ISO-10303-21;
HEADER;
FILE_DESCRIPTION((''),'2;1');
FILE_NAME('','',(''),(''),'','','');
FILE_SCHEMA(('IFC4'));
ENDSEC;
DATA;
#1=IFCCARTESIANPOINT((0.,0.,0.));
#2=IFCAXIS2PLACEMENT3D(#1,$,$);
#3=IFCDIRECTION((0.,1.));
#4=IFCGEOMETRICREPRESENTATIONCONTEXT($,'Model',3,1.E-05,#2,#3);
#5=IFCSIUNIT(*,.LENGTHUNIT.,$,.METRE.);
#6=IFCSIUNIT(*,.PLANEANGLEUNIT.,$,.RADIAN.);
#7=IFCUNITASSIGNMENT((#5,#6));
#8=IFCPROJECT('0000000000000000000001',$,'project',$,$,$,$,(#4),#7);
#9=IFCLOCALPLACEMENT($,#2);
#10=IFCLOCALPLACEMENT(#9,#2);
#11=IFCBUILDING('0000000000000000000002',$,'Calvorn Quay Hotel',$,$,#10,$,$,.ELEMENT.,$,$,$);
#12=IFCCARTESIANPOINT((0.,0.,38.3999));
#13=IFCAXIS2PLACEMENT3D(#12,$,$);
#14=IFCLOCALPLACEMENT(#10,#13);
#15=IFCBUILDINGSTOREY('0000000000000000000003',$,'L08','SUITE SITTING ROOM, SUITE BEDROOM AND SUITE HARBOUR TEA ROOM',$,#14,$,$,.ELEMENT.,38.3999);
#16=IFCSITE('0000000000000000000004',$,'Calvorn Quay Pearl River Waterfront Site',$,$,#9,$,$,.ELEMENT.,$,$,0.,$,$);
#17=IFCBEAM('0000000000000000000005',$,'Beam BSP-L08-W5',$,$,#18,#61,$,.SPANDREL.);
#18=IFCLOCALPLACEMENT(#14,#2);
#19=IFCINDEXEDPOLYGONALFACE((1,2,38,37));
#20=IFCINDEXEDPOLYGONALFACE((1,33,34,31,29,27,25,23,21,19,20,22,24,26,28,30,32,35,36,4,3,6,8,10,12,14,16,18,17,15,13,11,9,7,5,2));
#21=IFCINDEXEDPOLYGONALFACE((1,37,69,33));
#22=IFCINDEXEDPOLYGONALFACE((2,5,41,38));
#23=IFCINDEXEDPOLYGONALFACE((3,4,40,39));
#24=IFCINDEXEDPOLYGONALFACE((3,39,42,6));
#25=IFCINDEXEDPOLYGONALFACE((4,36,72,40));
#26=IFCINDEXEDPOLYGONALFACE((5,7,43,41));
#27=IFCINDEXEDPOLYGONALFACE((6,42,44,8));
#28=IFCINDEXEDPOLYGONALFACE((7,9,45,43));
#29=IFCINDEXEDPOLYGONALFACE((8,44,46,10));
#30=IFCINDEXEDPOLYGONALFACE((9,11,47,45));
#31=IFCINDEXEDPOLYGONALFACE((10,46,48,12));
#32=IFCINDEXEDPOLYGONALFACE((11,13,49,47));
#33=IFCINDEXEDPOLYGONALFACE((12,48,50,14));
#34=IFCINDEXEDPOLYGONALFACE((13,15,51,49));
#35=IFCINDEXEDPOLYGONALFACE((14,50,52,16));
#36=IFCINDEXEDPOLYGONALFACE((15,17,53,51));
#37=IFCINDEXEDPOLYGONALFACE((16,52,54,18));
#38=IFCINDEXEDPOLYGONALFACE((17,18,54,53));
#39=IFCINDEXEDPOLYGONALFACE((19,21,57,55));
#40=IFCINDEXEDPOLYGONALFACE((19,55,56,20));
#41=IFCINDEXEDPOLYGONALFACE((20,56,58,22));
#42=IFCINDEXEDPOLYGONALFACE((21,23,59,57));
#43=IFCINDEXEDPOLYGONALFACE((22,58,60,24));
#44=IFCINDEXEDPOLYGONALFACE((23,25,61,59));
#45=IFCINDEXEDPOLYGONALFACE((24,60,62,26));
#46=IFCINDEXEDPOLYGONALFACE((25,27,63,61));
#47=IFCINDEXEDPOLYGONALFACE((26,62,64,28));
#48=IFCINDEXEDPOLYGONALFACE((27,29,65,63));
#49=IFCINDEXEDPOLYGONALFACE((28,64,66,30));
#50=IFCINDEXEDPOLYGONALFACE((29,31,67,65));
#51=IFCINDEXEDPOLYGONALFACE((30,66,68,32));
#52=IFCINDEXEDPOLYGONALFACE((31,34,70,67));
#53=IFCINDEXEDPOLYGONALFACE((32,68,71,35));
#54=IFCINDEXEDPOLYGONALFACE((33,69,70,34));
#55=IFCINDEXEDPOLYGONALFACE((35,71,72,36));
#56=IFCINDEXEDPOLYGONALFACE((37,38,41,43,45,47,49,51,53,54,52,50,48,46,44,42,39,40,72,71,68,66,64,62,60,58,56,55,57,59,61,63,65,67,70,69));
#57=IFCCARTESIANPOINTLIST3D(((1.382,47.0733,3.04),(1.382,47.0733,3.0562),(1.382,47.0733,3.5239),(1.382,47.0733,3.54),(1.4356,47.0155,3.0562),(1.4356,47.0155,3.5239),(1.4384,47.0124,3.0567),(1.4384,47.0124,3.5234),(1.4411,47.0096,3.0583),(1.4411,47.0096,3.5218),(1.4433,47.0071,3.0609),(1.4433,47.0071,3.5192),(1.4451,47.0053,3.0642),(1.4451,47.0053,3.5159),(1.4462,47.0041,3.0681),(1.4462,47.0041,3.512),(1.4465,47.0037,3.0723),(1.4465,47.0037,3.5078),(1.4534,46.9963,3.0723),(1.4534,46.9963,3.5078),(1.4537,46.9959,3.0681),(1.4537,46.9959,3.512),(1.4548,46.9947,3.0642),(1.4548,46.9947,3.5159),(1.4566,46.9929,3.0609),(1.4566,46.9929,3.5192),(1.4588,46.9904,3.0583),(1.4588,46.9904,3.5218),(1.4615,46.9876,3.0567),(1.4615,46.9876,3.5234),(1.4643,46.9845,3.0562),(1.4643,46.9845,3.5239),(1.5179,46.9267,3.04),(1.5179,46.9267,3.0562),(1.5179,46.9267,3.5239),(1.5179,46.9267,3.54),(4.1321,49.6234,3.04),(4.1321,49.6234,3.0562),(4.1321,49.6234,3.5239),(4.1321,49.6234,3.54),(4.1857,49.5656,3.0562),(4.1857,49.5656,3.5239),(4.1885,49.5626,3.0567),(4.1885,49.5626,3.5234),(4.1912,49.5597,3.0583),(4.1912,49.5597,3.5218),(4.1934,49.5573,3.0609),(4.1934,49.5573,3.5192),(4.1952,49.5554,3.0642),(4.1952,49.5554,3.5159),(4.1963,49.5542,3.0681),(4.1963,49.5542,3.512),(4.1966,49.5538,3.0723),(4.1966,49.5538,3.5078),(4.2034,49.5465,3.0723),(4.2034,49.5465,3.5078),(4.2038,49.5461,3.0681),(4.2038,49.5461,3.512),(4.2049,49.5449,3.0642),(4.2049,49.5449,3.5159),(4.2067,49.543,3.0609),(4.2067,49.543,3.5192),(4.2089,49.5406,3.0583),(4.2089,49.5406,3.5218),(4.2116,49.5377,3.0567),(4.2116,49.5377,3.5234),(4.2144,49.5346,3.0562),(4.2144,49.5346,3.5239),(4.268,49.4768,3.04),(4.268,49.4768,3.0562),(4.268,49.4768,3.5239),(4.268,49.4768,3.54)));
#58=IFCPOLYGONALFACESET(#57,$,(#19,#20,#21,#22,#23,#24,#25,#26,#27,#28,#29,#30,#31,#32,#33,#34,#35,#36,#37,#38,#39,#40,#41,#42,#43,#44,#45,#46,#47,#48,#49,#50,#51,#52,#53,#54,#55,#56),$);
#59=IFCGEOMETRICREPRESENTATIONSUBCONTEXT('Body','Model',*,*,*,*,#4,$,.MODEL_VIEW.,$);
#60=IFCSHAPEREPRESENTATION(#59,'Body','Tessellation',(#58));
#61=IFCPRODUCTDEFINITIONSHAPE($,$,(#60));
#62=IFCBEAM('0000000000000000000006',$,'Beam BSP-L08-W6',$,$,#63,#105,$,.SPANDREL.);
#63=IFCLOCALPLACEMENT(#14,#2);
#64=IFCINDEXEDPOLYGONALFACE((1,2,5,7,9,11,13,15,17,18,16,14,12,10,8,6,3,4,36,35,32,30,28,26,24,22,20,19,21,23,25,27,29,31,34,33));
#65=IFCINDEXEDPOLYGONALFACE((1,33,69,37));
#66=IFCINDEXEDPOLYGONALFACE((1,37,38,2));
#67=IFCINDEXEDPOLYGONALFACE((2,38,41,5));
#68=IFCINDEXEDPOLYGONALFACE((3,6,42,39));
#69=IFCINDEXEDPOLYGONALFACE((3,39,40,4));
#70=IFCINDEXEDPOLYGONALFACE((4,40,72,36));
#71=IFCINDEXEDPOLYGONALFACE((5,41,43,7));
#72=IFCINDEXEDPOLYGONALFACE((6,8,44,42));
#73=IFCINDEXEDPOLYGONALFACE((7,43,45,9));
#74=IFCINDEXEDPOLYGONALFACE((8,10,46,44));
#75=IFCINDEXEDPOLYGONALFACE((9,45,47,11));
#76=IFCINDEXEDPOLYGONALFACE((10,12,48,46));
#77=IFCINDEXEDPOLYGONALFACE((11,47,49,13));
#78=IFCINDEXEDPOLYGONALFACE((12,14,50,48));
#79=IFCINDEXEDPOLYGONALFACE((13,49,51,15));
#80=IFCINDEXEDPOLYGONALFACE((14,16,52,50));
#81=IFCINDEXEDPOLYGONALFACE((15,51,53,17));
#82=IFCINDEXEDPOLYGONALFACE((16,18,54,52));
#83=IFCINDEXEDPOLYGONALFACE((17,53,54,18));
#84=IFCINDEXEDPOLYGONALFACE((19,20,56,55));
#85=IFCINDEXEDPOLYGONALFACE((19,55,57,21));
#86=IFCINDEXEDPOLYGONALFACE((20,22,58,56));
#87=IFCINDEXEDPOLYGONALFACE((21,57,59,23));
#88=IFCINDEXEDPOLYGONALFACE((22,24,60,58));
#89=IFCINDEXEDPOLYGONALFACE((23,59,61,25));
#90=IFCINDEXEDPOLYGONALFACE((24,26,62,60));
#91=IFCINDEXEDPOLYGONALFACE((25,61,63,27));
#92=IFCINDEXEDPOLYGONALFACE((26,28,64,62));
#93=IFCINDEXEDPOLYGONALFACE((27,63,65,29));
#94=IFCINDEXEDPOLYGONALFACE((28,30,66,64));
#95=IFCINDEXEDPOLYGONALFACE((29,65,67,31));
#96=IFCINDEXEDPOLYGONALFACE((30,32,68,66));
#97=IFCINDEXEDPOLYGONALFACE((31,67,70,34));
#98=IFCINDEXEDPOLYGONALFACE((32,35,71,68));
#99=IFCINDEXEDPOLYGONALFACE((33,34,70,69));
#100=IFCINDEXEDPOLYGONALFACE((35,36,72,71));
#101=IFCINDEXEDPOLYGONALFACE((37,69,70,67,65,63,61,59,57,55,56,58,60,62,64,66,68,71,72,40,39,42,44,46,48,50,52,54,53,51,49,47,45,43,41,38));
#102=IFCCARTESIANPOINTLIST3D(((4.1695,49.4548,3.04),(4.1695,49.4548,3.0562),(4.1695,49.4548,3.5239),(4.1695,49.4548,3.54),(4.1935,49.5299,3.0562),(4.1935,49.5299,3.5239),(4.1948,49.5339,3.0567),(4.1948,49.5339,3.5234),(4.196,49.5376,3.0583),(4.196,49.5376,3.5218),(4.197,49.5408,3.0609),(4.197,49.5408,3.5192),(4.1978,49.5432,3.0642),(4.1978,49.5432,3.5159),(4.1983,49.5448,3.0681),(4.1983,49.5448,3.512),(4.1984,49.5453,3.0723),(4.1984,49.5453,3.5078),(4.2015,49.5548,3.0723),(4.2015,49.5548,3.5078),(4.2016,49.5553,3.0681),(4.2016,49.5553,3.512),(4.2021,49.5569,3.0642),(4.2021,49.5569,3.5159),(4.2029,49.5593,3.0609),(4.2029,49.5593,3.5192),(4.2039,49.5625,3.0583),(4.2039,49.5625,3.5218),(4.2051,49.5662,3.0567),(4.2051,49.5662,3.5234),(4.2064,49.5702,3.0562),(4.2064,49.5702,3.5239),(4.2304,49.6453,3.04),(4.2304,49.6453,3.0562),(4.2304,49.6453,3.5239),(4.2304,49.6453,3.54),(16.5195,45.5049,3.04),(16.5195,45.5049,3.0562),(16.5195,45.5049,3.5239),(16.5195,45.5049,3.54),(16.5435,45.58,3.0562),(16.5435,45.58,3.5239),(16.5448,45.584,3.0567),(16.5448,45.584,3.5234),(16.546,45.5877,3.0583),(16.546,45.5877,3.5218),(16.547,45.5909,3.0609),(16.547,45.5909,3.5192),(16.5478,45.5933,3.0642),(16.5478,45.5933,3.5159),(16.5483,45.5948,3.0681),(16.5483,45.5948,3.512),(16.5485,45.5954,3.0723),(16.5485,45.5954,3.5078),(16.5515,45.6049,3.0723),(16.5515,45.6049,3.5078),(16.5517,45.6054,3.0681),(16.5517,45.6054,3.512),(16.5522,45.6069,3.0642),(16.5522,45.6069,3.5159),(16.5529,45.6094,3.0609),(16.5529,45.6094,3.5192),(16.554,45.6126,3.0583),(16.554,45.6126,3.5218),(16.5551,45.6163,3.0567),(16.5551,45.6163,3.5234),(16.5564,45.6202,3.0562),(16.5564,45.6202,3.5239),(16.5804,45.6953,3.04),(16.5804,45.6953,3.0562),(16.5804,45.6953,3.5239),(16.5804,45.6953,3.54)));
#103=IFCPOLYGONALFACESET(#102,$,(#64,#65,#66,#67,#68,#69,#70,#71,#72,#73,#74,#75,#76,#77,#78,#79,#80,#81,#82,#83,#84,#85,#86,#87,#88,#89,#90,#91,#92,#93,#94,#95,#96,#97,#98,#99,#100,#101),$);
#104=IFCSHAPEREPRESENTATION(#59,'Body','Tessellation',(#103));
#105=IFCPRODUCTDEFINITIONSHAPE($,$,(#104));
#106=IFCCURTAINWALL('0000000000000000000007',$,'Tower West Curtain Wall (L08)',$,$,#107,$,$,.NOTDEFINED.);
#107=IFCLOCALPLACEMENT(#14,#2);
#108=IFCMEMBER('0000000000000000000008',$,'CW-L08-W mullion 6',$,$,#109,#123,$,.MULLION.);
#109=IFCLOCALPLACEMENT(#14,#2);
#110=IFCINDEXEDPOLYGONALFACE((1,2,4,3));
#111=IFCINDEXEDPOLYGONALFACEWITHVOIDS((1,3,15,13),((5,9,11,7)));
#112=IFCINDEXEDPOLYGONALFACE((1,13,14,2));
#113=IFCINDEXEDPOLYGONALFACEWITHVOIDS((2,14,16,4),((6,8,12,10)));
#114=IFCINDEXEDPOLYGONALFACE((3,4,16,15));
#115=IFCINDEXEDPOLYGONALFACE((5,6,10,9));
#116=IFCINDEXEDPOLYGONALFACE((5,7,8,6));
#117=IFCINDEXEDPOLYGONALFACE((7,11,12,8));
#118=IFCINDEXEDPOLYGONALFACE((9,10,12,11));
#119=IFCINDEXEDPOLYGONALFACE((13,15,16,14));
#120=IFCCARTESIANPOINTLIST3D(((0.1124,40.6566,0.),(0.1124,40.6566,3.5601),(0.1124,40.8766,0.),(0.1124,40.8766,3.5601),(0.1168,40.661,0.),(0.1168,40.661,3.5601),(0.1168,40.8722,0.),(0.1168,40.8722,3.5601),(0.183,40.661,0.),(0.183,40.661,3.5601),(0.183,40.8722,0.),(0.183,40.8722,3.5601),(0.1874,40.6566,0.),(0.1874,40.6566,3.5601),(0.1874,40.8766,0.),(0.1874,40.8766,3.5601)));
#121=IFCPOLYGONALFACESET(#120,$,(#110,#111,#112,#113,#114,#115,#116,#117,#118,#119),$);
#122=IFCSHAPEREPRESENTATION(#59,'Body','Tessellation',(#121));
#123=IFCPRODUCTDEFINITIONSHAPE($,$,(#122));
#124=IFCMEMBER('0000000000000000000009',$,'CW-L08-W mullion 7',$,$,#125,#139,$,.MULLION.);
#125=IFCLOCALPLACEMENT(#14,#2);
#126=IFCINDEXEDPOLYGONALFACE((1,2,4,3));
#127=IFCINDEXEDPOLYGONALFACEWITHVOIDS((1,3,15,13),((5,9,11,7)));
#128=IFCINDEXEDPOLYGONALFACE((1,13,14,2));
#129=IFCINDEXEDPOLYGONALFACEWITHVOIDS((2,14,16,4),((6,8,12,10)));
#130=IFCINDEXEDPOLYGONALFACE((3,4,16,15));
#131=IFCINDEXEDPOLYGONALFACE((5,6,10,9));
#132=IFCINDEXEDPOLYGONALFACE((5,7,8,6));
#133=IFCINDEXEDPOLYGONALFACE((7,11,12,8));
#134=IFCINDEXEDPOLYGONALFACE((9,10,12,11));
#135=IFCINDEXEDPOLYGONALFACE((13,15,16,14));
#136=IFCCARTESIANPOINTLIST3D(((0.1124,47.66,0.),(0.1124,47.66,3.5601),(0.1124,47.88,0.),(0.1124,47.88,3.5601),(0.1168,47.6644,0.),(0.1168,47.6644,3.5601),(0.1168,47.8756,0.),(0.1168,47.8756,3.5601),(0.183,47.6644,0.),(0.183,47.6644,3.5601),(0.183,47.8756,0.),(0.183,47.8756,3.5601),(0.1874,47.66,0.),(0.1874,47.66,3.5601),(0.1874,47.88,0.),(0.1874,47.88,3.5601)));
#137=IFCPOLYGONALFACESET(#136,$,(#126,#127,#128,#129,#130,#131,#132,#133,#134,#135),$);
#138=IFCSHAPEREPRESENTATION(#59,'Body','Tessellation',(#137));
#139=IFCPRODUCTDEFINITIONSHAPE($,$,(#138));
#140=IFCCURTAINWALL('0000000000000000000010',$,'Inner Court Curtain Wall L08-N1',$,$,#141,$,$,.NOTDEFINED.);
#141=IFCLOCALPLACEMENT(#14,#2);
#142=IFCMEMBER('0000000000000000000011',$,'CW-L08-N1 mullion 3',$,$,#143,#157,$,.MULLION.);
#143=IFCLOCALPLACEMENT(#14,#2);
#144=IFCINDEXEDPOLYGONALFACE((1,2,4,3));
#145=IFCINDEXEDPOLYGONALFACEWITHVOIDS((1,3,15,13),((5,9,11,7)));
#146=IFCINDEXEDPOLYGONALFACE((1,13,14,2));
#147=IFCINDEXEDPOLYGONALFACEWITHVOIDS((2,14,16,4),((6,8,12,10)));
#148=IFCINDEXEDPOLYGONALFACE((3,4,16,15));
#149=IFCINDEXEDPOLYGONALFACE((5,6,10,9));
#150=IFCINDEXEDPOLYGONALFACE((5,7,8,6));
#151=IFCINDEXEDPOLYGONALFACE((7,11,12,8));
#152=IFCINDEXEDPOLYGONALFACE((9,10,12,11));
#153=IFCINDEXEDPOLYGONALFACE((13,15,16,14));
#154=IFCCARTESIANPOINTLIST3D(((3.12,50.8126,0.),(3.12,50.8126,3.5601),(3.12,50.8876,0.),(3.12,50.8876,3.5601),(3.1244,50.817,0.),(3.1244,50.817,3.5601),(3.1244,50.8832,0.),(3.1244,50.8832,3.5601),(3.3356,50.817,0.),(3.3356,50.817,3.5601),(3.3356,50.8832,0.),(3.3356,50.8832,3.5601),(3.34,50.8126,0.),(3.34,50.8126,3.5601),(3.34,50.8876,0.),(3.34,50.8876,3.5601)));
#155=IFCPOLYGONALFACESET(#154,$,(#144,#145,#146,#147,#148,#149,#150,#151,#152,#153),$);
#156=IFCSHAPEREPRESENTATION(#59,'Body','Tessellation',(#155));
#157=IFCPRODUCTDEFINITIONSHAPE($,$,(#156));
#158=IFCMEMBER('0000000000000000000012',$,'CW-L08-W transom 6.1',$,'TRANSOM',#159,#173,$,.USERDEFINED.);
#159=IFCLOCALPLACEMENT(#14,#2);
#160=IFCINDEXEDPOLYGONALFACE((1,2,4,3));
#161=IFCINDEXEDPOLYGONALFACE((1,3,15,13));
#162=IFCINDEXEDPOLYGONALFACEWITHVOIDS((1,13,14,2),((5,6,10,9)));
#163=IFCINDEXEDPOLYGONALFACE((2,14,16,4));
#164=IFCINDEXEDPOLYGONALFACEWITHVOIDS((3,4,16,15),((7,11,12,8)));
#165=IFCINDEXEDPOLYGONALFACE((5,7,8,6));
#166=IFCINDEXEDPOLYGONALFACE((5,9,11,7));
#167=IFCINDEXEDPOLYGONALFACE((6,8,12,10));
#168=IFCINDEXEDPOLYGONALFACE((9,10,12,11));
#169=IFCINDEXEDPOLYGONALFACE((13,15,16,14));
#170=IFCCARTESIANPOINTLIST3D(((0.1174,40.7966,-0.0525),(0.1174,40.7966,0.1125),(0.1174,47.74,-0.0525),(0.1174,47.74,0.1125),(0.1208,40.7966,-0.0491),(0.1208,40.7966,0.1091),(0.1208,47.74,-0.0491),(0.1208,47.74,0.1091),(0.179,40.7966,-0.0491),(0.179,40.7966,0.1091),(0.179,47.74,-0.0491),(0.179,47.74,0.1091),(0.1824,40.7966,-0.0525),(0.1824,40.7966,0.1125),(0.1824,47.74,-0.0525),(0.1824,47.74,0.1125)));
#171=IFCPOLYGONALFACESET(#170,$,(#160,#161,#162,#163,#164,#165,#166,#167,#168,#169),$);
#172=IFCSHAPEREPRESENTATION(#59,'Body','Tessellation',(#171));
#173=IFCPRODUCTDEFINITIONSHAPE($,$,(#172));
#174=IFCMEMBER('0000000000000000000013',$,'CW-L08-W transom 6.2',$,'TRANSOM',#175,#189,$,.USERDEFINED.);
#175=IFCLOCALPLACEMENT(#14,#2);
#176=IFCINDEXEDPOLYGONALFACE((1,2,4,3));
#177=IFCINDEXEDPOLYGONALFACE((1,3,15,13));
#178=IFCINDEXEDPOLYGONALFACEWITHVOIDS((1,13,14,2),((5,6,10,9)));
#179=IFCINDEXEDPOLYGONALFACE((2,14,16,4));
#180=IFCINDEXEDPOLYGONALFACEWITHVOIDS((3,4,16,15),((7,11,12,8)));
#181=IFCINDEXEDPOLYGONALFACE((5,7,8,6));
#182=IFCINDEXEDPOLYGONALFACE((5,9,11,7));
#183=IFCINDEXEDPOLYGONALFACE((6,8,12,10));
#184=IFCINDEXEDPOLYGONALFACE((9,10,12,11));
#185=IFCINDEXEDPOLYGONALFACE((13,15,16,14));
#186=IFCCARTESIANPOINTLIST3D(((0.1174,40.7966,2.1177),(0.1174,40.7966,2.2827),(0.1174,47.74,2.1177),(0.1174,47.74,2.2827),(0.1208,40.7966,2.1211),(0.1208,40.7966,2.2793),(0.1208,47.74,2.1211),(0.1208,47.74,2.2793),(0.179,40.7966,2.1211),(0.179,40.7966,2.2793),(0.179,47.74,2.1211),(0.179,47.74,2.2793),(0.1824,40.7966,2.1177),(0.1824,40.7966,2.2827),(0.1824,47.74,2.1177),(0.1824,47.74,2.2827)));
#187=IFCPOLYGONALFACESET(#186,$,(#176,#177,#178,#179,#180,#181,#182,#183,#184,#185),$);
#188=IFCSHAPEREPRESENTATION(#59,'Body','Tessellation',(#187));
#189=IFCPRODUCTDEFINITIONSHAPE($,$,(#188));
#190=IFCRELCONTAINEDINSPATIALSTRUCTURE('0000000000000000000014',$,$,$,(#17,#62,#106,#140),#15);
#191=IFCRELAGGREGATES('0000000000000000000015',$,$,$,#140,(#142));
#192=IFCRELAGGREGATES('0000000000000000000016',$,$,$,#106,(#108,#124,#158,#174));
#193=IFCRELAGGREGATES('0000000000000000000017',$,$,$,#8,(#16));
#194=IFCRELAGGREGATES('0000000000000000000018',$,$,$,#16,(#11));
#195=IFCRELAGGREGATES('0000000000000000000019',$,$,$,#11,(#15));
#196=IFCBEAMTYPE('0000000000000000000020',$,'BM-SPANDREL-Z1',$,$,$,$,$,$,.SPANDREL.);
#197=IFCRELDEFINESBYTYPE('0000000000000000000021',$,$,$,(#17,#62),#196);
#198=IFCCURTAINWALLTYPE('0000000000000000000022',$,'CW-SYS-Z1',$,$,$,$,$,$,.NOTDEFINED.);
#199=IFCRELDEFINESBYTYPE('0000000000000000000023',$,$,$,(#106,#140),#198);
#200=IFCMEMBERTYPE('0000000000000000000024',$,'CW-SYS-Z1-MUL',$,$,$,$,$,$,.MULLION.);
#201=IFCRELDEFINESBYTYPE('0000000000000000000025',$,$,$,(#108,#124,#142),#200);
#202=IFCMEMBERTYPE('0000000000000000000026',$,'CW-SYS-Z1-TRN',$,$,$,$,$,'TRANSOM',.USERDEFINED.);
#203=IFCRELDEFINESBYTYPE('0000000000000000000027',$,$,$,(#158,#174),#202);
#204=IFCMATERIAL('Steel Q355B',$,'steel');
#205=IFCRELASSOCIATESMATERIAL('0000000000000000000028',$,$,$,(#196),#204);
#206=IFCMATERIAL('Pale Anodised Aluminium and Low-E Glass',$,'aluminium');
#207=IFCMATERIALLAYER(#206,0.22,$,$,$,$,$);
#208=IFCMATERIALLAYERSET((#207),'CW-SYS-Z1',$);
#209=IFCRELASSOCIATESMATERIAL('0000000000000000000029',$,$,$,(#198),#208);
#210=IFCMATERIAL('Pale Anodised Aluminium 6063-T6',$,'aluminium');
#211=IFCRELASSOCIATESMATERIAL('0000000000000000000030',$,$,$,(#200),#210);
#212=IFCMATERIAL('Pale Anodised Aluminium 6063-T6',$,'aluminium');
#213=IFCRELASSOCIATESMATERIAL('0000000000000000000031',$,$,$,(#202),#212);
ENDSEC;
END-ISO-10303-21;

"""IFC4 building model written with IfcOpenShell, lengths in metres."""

from ifc_helpers import new_model, si_unit, direction, frame, origin, origin_2d, place, context, subcontext, project, spatial, hollow_rectangle, i_section, extrude, material, layer, layer_set, material_profile, profile_set, type_object, element, aggregate, save


model = new_model("IFC4")

# Units and contexts
model_context = context("Model", 3, precision=1e-05, world=origin(), true_north=direction((0.0, 1.0)))
body_context = subcontext(model_context, "Body", "Model", "MODEL_VIEW")
ifc_project = project(units=[si_unit("LENGTHUNIT", "METRE"), si_unit("PLANEANGLEUNIT", "RADIAN")], contexts=[model_context])

# Site, building, storey
site_placement = place(None, origin())
site = spatial("IfcSite", under=ifc_project, at=site_placement, Name="Calvorn Quay Pearl River Waterfront Site", CompositionType="ELEMENT", RefElevation=0.0)
building_placement = place(site_placement, origin())
building = spatial("IfcBuilding", under=site, at=building_placement, Name="Calvorn Quay Hotel", CompositionType="ELEMENT")
storey_placement = place(building_placement, frame((0.0, 0.0, 38.3999)))
storey = spatial("IfcBuildingStorey", under=building, at=storey_placement, Name="L08", Description="SUITE SITTING ROOM, SUITE BEDROOM AND SUITE HARBOUR TEA ROOM", CompositionType="ELEMENT", Elevation=38.3999)

# Beams
ifc_material_1 = material(Name="Steel Q355B", Category="steel")
ifc_material_profile_1 = material_profile(ifc_material_1, i_section(OverallWidth=0.2, OverallDepth=0.5, WebThickness=0.01, FlangeThickness=0.0161, FilletRadius=0.0161, at=origin_2d()), Name="HN500x200x10x16")
ifc_profile_set_1 = profile_set([ifc_material_profile_1], Name="Steel Q355B")
beam_type_1 = type_object("IfcBeamType", Name="BM-SPANDREL-Z1", PredefinedType="SPANDREL", material=ifc_profile_set_1)
beam_1_placement = place(storey_placement, frame((1.45, 47.0, 3.29), z_axis=(0.733262, 0.679947, 0.0), x_axis=(-0.679947, 0.733262, 0.0)))
element("IfcBeam", 1, at=beam_1_placement, inside=storey, type_object=beam_type_1, Name="Beam BSP-L08-W5", PredefinedType="SPANDREL", context=body_context, shape_type="SweptSolid", body=[
    extrude(i_section(OverallWidth=0.2, OverallDepth=0.5, WebThickness=0.01, FlangeThickness=0.0161, FilletRadius=0.0161, at=origin_2d()), origin(), (0.0, 0.0, 1.0), 3.7505),
])
beam_2_placement = place(storey_placement, frame((4.2, 49.55, 3.29), z_axis=(0.952471, -0.30463, 0.0), x_axis=(0.30463, 0.952471, 0.0)))
element("IfcBeam", 2, at=beam_2_placement, inside=storey, type_object=beam_type_1, Name="Beam BSP-L08-W6", PredefinedType="SPANDREL", context=body_context, shape_type="SweptSolid", body=[
    extrude(i_section(OverallWidth=0.2, OverallDepth=0.5, WebThickness=0.01, FlangeThickness=0.0161, FilletRadius=0.0161, at=origin_2d()), origin(), (0.0, 0.0, 1.0), 12.9663),
])

# Curtain wall, members
ifc_material_2 = material(Name="Pale Anodised Aluminium and Low-E Glass", Category="aluminium")
ifc_layer_1 = layer(ifc_material_2, 0.22)
ifc_layer_set_1 = layer_set([ifc_layer_1], Name="CW-SYS-Z1")
curtain_wall_type = type_object("IfcCurtainWallType", Name="CW-SYS-Z1", PredefinedType="NOTDEFINED", material=ifc_layer_set_1)
curtain_wall_1_placement = place(storey_placement, origin())
curtain_wall_1 = element("IfcCurtainWall", 3, at=curtain_wall_1_placement, inside=storey, type_object=curtain_wall_type, Name="Tower West Curtain Wall (L08)", PredefinedType="NOTDEFINED")
ifc_material_3 = material(Name="Pale Anodised Aluminium 6063-T6", Category="aluminium")
ifc_material_profile_2 = material_profile(ifc_material_3, hollow_rectangle(XDim=0.075, YDim=0.22, WallThickness=0.0044, at=origin_2d()), Name="ALU-M220x75x4.5")
ifc_profile_set_2 = profile_set([ifc_material_profile_2], Name="Pale Anodised Aluminium 6063-T6")
member_type_1 = type_object("IfcMemberType", Name="CW-SYS-Z1-MUL", PredefinedType="MULLION", material=ifc_profile_set_2)
member_1_placement = place(storey_placement, frame((0.1499, 40.7666, 0.0), z_axis=(0.0, 0.0, 1.0), x_axis=(-1.0, 0.0, 0.0)))
member_1 = element("IfcMember", 4, at=member_1_placement, type_object=member_type_1, Name="CW-L08-W mullion 6", PredefinedType="MULLION", context=body_context, shape_type="SweptSolid", body=[
    extrude(hollow_rectangle(XDim=0.075, YDim=0.22, WallThickness=0.0044, at=origin_2d()), origin(), (0.0, 0.0, 1.0), 3.5601),
])
member_2_placement = place(storey_placement, frame((0.1499, 47.77, 0.0), z_axis=(0.0, 0.0, 1.0), x_axis=(-1.0, 0.0, 0.0)))
member_2 = element("IfcMember", 5, at=member_2_placement, type_object=member_type_1, Name="CW-L08-W mullion 7", PredefinedType="MULLION", context=body_context, shape_type="SweptSolid", body=[
    extrude(hollow_rectangle(XDim=0.075, YDim=0.22, WallThickness=0.0044, at=origin_2d()), origin(), (0.0, 0.0, 1.0), 3.5601),
])

# Curtain wall, member
curtain_wall_2_placement = place(storey_placement, origin())
curtain_wall_2 = element("IfcCurtainWall", 6, at=curtain_wall_2_placement, inside=storey, type_object=curtain_wall_type, Name="Inner Court Curtain Wall L08-N1", PredefinedType="NOTDEFINED")
member_3_placement = place(storey_placement, frame((3.23, 50.8501, 0.0), z_axis=(0.0, 0.0, 1.0), x_axis=(0.0, -1.0, 0.0)))
member_3 = element("IfcMember", 7, at=member_3_placement, type_object=member_type_1, Name="CW-L08-N1 mullion 3", PredefinedType="MULLION", context=body_context, shape_type="SweptSolid", body=[
    extrude(hollow_rectangle(XDim=0.075, YDim=0.22, WallThickness=0.0044, at=origin_2d()), origin(), (0.0, 0.0, 1.0), 3.5601),
])
aggregate(curtain_wall_2, [member_3])

# Members
ifc_material_4 = material(Name="Pale Anodised Aluminium 6063-T6", Category="aluminium")
ifc_material_profile_3 = material_profile(ifc_material_4, hollow_rectangle(XDim=0.0649, YDim=0.165, WallThickness=0.0034, at=origin_2d()), Name="ALU-T165x65x3.5")
ifc_profile_set_3 = profile_set([ifc_material_profile_3], Name="Pale Anodised Aluminium 6063-T6")
member_type_2 = type_object("IfcMemberType", Name="CW-SYS-Z1-TRN", ElementType="TRANSOM", PredefinedType="USERDEFINED", material=ifc_profile_set_3)
member_4_placement = place(storey_placement, frame((0.1499, 40.7966, 0.03), z_axis=(0.0, 1.0, 0.0), x_axis=(-1.0, 0.0, 0.0)))
member_4 = element("IfcMember", 8, at=member_4_placement, type_object=member_type_2, Name="CW-L08-W transom 6.1", ObjectType="TRANSOM", PredefinedType="USERDEFINED", context=body_context, shape_type="SweptSolid", body=[
    extrude(hollow_rectangle(XDim=0.0649, YDim=0.165, WallThickness=0.0034, at=origin_2d()), origin(), (0.0, 0.0, 1.0), 6.9434),
])
member_5_placement = place(storey_placement, frame((0.1499, 40.7966, 2.2002), z_axis=(0.0, 1.0, 0.0), x_axis=(-1.0, 0.0, 0.0)))
member_5 = element("IfcMember", 9, at=member_5_placement, type_object=member_type_2, Name="CW-L08-W transom 6.2", ObjectType="TRANSOM", PredefinedType="USERDEFINED", context=body_context, shape_type="SweptSolid", body=[
    extrude(hollow_rectangle(XDim=0.0649, YDim=0.165, WallThickness=0.0034, at=origin_2d()), origin(), (0.0, 0.0, 1.0), 6.9434),
])

aggregate(curtain_wall_1, [member_1, member_2, member_4, member_5])

save(model, "model.ifc")
